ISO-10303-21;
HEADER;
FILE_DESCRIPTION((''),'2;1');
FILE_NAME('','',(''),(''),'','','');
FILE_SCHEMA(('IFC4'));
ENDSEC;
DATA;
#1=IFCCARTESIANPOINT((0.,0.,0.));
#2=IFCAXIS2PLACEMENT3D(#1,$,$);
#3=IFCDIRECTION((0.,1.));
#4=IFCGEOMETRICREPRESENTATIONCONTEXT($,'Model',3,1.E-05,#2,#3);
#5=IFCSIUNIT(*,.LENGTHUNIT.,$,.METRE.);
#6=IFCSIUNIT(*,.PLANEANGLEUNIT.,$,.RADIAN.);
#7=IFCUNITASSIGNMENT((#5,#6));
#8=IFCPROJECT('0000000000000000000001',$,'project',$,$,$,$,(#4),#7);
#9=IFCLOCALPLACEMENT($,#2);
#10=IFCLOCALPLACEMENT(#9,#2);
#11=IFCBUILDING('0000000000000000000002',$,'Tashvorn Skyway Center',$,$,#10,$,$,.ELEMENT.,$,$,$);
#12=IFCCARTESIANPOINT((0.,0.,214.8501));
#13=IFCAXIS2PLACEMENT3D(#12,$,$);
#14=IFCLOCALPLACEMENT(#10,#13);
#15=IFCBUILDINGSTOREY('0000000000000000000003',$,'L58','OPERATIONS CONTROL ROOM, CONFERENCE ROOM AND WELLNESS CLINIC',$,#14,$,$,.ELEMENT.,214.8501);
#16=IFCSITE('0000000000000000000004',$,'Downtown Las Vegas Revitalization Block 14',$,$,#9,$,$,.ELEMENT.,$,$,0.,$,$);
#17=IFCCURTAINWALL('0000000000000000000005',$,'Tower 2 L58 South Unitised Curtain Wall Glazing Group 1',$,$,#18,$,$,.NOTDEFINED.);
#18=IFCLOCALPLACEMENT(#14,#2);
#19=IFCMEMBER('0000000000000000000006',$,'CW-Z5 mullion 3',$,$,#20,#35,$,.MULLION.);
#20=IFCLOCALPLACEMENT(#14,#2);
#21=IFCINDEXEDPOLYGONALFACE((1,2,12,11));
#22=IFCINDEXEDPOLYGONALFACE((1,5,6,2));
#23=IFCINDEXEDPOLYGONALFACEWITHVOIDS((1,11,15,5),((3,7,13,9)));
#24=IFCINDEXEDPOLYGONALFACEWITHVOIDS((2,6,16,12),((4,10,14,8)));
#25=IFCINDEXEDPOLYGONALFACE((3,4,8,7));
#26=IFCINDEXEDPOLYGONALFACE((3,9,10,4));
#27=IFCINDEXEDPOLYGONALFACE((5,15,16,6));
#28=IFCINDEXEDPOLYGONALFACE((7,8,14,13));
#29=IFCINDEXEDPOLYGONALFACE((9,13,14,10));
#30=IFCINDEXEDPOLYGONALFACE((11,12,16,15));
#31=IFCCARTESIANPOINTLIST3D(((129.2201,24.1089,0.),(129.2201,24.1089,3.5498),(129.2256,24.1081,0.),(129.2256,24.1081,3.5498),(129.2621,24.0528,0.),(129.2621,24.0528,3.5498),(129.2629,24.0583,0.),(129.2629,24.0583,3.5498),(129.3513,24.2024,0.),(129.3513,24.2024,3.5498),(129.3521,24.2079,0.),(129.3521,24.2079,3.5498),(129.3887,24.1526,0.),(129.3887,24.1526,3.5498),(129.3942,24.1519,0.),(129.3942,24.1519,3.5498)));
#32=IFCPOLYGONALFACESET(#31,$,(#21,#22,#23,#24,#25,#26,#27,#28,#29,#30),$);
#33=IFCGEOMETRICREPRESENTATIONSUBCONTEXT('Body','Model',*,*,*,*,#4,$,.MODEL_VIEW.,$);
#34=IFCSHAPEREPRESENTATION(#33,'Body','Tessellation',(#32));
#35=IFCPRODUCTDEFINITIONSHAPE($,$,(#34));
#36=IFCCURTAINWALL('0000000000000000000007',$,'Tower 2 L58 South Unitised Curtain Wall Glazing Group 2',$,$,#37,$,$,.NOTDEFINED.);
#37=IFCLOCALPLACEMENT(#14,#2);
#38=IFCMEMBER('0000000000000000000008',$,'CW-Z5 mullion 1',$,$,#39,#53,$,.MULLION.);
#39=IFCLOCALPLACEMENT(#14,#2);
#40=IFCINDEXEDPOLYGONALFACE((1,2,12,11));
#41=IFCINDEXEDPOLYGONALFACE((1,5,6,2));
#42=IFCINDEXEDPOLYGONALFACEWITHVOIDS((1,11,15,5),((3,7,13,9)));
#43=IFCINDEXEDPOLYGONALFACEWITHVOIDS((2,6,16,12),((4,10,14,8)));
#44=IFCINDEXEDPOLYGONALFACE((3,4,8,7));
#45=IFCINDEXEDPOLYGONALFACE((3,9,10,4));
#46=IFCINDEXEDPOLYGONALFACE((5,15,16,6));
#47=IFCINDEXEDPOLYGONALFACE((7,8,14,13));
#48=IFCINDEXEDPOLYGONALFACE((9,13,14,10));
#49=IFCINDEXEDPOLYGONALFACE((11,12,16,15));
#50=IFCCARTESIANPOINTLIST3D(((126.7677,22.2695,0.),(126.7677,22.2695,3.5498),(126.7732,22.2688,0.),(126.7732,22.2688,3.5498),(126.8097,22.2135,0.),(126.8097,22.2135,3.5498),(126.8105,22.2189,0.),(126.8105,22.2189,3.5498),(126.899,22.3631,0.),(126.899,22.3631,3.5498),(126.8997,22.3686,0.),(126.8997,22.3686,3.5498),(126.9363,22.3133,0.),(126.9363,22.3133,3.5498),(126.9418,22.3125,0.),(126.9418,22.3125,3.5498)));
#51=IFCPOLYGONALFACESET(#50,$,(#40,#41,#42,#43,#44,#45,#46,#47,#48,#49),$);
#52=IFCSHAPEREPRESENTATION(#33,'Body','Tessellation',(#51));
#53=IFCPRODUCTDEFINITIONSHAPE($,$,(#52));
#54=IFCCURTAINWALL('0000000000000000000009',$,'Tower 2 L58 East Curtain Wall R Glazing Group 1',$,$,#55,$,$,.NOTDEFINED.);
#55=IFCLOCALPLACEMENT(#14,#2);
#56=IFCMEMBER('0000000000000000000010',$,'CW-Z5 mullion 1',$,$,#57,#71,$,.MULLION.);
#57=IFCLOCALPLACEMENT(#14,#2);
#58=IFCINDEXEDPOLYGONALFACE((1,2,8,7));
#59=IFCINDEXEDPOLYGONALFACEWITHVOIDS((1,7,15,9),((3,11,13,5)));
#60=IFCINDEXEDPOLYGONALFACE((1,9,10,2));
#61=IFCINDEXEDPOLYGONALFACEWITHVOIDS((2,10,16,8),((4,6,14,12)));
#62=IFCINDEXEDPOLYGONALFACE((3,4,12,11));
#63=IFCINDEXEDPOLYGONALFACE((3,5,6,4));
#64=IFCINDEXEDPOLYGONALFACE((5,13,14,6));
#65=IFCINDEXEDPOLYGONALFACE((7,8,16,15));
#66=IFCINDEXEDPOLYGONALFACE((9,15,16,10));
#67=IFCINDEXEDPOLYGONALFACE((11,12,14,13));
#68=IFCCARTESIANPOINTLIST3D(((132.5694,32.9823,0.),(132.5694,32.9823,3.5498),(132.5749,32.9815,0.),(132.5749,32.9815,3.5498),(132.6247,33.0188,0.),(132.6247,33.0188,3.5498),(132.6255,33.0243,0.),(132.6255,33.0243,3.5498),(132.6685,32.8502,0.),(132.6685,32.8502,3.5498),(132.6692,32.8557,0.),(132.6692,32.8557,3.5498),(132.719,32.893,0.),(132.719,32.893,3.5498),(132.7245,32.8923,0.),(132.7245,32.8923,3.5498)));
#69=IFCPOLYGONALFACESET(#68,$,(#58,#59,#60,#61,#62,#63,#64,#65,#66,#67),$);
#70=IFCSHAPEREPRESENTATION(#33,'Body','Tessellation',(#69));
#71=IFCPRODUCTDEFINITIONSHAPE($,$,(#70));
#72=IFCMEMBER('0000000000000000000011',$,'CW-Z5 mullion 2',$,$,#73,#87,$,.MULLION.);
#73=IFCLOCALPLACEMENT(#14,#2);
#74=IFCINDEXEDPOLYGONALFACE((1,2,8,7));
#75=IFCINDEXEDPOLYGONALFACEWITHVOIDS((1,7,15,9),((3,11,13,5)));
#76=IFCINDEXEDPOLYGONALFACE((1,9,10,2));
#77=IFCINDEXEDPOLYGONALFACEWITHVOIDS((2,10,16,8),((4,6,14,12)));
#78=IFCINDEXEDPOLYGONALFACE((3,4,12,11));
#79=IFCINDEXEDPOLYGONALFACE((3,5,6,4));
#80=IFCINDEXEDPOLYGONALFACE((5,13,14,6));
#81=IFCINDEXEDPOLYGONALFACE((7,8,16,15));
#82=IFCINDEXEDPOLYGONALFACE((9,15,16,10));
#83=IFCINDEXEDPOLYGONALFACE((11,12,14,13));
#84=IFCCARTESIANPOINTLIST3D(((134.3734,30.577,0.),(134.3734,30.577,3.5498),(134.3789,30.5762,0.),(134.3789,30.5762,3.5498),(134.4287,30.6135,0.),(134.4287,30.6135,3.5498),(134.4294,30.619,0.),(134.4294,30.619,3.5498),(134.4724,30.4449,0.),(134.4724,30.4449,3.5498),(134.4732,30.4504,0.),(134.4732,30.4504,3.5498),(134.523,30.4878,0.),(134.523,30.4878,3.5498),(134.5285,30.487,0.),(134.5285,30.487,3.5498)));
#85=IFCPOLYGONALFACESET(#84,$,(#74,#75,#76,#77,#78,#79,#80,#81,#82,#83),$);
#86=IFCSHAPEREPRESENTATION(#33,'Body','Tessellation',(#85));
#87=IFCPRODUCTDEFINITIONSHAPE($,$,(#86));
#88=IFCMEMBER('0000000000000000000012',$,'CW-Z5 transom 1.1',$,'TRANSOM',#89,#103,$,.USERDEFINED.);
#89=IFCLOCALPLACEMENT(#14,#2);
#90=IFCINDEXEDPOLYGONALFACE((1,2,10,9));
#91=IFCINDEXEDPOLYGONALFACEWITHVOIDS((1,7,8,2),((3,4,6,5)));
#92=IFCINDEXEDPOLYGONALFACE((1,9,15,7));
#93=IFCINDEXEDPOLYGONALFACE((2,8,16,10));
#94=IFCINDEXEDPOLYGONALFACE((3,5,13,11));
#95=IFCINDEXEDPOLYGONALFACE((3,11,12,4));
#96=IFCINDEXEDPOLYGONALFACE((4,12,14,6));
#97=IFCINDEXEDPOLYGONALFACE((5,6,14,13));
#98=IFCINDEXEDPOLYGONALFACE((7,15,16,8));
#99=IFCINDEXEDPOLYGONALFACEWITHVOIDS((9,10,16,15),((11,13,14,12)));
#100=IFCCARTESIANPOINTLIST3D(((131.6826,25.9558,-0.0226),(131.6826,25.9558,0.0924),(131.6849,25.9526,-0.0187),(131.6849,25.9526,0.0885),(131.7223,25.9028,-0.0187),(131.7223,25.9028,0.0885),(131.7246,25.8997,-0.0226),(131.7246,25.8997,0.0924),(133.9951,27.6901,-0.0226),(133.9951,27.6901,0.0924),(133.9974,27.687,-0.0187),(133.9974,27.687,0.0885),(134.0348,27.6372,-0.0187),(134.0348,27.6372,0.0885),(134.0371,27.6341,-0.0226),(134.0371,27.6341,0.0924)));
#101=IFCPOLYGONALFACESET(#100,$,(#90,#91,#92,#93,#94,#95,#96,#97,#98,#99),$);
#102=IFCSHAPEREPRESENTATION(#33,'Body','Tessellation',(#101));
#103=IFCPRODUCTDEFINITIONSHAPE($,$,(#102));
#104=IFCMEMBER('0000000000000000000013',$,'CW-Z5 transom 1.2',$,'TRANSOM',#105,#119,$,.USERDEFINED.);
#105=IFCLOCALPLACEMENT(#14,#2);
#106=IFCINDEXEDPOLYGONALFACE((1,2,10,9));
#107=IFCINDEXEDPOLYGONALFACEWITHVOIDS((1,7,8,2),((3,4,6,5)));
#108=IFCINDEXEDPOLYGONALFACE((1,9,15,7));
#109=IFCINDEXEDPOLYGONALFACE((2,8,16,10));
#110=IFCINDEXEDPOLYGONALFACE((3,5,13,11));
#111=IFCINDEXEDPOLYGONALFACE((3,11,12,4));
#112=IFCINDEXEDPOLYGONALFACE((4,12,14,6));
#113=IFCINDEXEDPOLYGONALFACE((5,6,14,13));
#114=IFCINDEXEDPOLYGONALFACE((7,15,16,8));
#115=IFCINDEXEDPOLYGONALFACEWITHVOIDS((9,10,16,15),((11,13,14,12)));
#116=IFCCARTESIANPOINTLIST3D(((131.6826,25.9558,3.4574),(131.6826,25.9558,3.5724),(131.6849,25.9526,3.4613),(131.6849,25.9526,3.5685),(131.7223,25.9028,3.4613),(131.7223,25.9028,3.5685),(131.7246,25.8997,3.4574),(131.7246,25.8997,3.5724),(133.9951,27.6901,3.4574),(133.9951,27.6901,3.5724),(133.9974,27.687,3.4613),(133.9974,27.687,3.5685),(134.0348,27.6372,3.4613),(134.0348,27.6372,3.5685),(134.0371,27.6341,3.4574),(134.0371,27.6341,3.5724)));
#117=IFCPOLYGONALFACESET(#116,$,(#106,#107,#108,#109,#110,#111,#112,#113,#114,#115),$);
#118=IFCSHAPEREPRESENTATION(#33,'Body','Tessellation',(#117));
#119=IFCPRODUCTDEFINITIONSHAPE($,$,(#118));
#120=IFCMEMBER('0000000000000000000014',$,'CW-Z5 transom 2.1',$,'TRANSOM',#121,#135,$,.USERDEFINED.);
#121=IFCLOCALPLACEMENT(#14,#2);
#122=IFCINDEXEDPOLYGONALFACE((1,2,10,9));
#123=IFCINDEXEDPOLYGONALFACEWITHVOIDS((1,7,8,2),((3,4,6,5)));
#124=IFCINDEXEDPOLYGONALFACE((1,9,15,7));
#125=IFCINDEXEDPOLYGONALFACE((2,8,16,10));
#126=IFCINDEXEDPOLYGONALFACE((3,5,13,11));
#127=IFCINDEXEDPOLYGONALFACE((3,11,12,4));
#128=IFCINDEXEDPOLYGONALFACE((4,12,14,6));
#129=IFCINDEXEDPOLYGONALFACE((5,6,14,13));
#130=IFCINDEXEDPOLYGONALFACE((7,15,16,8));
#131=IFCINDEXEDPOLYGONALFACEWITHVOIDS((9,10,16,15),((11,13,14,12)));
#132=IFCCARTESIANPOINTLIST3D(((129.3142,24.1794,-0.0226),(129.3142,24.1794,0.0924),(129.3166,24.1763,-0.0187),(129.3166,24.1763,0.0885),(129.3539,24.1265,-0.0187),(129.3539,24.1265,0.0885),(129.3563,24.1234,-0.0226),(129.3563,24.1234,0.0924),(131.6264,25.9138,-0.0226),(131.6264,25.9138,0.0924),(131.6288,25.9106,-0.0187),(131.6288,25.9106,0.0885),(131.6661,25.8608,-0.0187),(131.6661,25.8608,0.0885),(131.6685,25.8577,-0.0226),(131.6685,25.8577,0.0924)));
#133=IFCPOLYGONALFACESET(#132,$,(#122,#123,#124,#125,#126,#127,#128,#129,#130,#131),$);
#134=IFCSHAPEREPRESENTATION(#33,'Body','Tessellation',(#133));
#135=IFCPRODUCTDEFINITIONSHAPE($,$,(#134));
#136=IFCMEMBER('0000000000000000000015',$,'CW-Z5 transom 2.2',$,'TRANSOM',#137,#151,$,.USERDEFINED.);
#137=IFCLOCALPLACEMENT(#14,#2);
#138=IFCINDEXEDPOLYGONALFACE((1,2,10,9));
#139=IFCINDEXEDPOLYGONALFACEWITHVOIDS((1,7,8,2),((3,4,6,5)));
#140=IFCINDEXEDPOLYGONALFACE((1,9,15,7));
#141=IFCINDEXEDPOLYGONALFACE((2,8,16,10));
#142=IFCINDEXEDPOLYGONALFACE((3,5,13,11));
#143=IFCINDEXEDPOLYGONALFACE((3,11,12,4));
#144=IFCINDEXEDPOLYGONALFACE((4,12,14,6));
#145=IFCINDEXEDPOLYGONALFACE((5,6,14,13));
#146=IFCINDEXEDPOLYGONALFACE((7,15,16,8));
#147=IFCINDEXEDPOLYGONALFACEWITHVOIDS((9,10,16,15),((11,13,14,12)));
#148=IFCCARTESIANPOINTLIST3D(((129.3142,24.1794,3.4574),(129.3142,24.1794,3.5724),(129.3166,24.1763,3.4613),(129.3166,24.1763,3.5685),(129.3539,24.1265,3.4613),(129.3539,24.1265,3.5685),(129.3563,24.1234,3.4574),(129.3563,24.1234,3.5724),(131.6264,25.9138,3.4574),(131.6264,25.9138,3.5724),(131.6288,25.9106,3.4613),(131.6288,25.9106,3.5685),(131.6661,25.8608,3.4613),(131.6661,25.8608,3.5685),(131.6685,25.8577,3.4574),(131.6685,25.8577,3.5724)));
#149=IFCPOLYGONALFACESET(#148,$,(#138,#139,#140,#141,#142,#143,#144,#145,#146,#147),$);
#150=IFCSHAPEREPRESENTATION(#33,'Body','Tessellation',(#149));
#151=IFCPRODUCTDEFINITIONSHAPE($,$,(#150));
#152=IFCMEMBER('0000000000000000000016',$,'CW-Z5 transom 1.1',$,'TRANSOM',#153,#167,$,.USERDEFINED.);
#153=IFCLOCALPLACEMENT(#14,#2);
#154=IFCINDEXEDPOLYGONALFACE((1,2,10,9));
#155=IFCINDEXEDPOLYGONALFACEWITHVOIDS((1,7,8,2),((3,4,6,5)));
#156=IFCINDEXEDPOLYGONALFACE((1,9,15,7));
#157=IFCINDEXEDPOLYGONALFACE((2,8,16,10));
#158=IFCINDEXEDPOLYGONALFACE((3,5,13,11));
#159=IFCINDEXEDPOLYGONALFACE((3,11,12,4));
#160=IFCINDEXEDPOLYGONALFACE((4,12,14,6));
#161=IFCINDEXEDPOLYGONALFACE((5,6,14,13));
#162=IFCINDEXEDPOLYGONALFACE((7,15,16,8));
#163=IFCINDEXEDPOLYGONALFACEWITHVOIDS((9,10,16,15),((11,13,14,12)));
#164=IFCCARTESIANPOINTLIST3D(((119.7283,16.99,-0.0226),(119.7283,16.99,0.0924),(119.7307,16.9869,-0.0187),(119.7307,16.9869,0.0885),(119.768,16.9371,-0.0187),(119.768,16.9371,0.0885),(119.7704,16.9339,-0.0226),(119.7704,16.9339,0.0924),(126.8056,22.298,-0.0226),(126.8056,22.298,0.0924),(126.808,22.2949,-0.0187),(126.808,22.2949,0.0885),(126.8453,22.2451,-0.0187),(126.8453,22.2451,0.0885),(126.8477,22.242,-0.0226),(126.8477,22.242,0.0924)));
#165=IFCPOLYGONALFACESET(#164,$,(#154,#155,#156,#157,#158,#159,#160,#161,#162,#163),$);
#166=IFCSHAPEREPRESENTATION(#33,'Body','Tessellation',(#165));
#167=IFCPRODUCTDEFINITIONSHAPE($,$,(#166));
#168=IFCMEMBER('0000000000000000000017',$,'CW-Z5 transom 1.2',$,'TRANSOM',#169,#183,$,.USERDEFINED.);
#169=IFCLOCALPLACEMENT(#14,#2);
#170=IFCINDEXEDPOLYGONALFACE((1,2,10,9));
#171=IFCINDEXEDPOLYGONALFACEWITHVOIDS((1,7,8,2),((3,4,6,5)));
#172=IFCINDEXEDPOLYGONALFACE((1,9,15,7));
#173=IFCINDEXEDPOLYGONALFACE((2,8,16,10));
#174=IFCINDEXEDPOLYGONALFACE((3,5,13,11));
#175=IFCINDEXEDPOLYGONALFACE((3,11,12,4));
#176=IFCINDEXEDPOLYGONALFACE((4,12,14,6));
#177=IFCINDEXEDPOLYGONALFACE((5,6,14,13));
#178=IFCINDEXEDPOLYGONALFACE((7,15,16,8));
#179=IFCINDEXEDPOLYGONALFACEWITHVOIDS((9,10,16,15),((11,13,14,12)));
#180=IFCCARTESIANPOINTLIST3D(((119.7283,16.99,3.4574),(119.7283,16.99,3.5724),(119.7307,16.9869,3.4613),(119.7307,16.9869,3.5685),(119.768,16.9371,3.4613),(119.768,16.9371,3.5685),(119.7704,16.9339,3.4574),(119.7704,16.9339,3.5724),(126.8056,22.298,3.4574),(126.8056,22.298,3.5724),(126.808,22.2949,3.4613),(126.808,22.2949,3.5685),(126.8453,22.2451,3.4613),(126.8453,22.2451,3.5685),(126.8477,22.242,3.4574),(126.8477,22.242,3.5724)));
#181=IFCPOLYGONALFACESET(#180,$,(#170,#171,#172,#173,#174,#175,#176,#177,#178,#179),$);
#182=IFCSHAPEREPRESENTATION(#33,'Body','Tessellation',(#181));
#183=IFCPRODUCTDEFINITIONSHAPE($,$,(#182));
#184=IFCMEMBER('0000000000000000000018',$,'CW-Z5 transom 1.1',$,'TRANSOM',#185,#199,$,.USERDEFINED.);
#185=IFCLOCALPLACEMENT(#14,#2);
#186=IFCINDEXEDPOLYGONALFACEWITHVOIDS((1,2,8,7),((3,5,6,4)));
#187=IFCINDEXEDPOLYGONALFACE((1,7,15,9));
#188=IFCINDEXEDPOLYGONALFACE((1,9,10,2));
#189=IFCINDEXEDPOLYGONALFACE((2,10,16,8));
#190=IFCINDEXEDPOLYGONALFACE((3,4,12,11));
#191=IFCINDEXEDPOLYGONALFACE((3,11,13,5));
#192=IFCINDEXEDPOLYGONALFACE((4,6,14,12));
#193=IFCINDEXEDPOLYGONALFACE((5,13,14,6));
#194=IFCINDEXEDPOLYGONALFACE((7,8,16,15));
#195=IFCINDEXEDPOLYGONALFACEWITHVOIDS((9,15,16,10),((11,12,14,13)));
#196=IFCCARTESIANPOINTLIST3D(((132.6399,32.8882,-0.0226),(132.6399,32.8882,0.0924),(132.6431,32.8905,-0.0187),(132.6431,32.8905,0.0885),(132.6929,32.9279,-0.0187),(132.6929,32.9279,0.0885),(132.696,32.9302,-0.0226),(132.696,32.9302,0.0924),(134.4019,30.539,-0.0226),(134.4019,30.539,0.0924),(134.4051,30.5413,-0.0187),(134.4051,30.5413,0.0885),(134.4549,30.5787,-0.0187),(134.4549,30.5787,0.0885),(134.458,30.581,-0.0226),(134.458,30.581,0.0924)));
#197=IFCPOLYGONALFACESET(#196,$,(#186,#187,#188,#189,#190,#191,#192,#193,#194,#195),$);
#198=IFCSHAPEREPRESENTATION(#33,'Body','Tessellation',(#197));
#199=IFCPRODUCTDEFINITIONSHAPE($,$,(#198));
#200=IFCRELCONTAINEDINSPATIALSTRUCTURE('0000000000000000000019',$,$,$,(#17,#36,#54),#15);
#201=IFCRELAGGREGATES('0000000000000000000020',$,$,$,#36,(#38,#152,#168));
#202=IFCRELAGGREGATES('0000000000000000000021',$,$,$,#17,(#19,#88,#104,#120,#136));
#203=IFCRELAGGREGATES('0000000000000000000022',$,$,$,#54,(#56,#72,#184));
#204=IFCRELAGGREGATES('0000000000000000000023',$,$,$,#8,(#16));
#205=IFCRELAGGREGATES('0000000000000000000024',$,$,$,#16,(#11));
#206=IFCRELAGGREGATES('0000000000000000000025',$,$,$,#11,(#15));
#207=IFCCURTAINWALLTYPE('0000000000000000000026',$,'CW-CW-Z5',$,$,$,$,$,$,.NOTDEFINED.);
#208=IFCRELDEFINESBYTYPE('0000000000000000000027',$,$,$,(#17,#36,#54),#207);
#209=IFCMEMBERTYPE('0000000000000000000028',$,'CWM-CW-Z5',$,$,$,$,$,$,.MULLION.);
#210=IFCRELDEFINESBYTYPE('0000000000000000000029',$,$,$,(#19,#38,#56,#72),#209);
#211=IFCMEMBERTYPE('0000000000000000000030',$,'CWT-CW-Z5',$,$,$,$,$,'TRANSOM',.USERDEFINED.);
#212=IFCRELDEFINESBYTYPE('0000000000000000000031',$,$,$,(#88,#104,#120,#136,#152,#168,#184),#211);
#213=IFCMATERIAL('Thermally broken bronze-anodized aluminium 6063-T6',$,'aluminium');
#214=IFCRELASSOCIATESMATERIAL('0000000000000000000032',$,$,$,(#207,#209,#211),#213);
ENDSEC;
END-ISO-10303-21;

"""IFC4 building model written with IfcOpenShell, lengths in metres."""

from ifc_helpers import new_model, si_unit, direction, frame, origin, origin_2d, place, context, subcontext, project, spatial, hollow_rectangle, extrude, material, material_profile, profile_set, type_object, element, aggregate, save


model = new_model("IFC4")

# Units and contexts
model_context = context("Model", 3, precision=1e-05, world=origin(), true_north=direction((0.0, 1.0)))
body_context = subcontext(model_context, "Body", "Model", "MODEL_VIEW")
ifc_project = project(units=[si_unit("LENGTHUNIT", "METRE"), si_unit("PLANEANGLEUNIT", "RADIAN")], contexts=[model_context])

# Site, building, storey
site_placement = place(None, origin())
site = spatial("IfcSite", under=ifc_project, at=site_placement, Name="Downtown Las Vegas Revitalization Block 14", CompositionType="ELEMENT", RefElevation=0.0)
building_placement = place(site_placement, origin())
building = spatial("IfcBuilding", under=site, at=building_placement, Name="Tashvorn Skyway Center", CompositionType="ELEMENT")
storey_placement = place(building_placement, frame((0.0, 0.0, 214.8501)))
storey = spatial("IfcBuildingStorey", under=building, at=storey_placement, Name="L58", Description="OPERATIONS CONTROL ROOM, CONFERENCE ROOM AND WELLNESS CLINIC", CompositionType="ELEMENT", Elevation=214.8501)

# Curtain wall, member
ifc_material_1 = material(Name="Thermally broken bronze-anodized aluminium 6063-T6", Category="aluminium")
curtain_wall_type = type_object("IfcCurtainWallType", Name="CW-CW-Z5", PredefinedType="NOTDEFINED", material=ifc_material_1)
curtain_wall_1_placement = place(storey_placement, origin())
curtain_wall_1 = element("IfcCurtainWall", 1, at=curtain_wall_1_placement, inside=storey, type_object=curtain_wall_type, Name="Tower 2 L58 South Unitised Curtain Wall Glazing Group 1", PredefinedType="NOTDEFINED")
ifc_material_profile_1 = material_profile(ifc_material_1, hollow_rectangle(XDim=0.0701, YDim=0.165, WallThickness=0.0039, at=origin_2d()), Name="ALU-MULL-70x165")
ifc_profile_set_1 = profile_set([ifc_material_profile_1], Name="Thermally broken bronze-anodized aluminium 6063-T6")
member_type_1 = type_object("IfcMemberType", Name="CWM-CW-Z5", PredefinedType="MULLION", material=ifc_profile_set_1)
member_1_placement = place(storey_placement, frame((129.3071, 24.1304, 0.0), z_axis=(0.0, 0.0, 1.0), x_axis=(0.600003, -0.799998, 0.0)))
member_1 = element("IfcMember", 2, at=member_1_placement, type_object=member_type_1, Name="CW-Z5 mullion 3", PredefinedType="MULLION", context=body_context, shape_type="SweptSolid", body=[
    extrude(hollow_rectangle(XDim=0.0701, YDim=0.165, WallThickness=0.0039, at=origin_2d()), origin(), (0.0, 0.0, 1.0), 3.5498),
])

# Curtain wall, member
curtain_wall_2_placement = place(storey_placement, origin())
curtain_wall_2 = element("IfcCurtainWall", 3, at=curtain_wall_2_placement, inside=storey, type_object=curtain_wall_type, Name="Tower 2 L58 South Unitised Curtain Wall Glazing Group 2", PredefinedType="NOTDEFINED")
member_2_placement = place(storey_placement, frame((126.8547, 22.291, 0.0), z_axis=(0.0, 0.0, 1.0), x_axis=(0.599996, -0.800003, 0.0)))
member_2 = element("IfcMember", 4, at=member_2_placement, type_object=member_type_1, Name="CW-Z5 mullion 1", PredefinedType="MULLION", context=body_context, shape_type="SweptSolid", body=[
    extrude(hollow_rectangle(XDim=0.0701, YDim=0.165, WallThickness=0.0039, at=origin_2d()), origin(), (0.0, 0.0, 1.0), 3.5498),
])

# Curtain wall, members
curtain_wall_3_placement = place(storey_placement, origin())
curtain_wall_3 = element("IfcCurtainWall", 5, at=curtain_wall_3_placement, inside=storey, type_object=curtain_wall_type, Name="Tower 2 L58 East Curtain Wall R Glazing Group 1", PredefinedType="NOTDEFINED")
member_3_placement = place(storey_placement, frame((132.647, 32.9373, 0.0), z_axis=(0.0, 0.0, 1.0), x_axis=(0.799996, 0.600005, 0.0)))
member_3 = element("IfcMember", 6, at=member_3_placement, type_object=member_type_1, Name="CW-Z5 mullion 1", PredefinedType="MULLION", context=body_context, shape_type="SweptSolid", body=[
    extrude(hollow_rectangle(XDim=0.0701, YDim=0.165, WallThickness=0.0039, at=origin_2d()), origin(), (0.0, 0.0, 1.0), 3.5498),
])
member_4_placement = place(storey_placement, frame((134.4509, 30.532, 0.0), z_axis=(0.0, 0.0, 1.0), x_axis=(0.799996, 0.600005, 0.0)))
member_4 = element("IfcMember", 7, at=member_4_placement, type_object=member_type_1, Name="CW-Z5 mullion 2", PredefinedType="MULLION", context=body_context, shape_type="SweptSolid", body=[
    extrude(hollow_rectangle(XDim=0.0701, YDim=0.165, WallThickness=0.0039, at=origin_2d()), origin(), (0.0, 0.0, 1.0), 3.5498),
])

# Members
ifc_material_profile_2 = material_profile(ifc_material_1, hollow_rectangle(XDim=0.0701, YDim=0.115, WallThickness=0.0039, at=origin_2d()), Name="ALU-TRAN-70x115")
ifc_profile_set_2 = profile_set([ifc_material_profile_2], Name="Thermally broken bronze-anodized aluminium 6063-T6")
member_type_2 = type_object("IfcMemberType", Name="CWT-CW-Z5", ElementType="TRANSOM", PredefinedType="USERDEFINED", material=ifc_profile_set_2)
member_5_placement = place(storey_placement, frame((134.0161, 27.6621, 0.0349), z_axis=(-0.8, -0.6, 0.0), x_axis=(0.6, -0.8, 0.0)))
member_5 = element("IfcMember", 8, at=member_5_placement, type_object=member_type_2, Name="CW-Z5 transom 1.1", ObjectType="TRANSOM", PredefinedType="USERDEFINED", context=body_context, shape_type="SweptSolid", body=[
    extrude(hollow_rectangle(XDim=0.0701, YDim=0.115, WallThickness=0.0039, at=origin_2d()), origin(), (0.0, 0.0, 1.0), 2.8906),
])
member_6_placement = place(storey_placement, frame((134.0161, 27.6621, 3.5149), z_axis=(-0.8, -0.6, 0.0), x_axis=(0.6, -0.8, 0.0)))
member_6 = element("IfcMember", 9, at=member_6_placement, type_object=member_type_2, Name="CW-Z5 transom 1.2", ObjectType="TRANSOM", PredefinedType="USERDEFINED", context=body_context, shape_type="SweptSolid", body=[
    extrude(hollow_rectangle(XDim=0.0701, YDim=0.115, WallThickness=0.0039, at=origin_2d()), origin(), (0.0, 0.0, 1.0), 2.8906),
])
member_7_placement = place(storey_placement, frame((131.6475, 25.8857, 0.0349), z_axis=(-0.79997, -0.600041, 0.0), x_axis=(0.600041, -0.79997, 0.0)))
member_7 = element("IfcMember", 10, at=member_7_placement, type_object=member_type_2, Name="CW-Z5 transom 2.1", ObjectType="TRANSOM", PredefinedType="USERDEFINED", context=body_context, shape_type="SweptSolid", body=[
    extrude(hollow_rectangle(XDim=0.0701, YDim=0.115, WallThickness=0.0039, at=origin_2d()), origin(), (0.0, 0.0, 1.0), 2.8904),
])
member_8_placement = place(storey_placement, frame((131.6475, 25.8857, 3.5149), z_axis=(-0.79997, -0.600041, 0.0), x_axis=(0.600041, -0.79997, 0.0)))
member_8 = element("IfcMember", 11, at=member_8_placement, type_object=member_type_2, Name="CW-Z5 transom 2.2", ObjectType="TRANSOM", PredefinedType="USERDEFINED", context=body_context, shape_type="SweptSolid", body=[
    extrude(hollow_rectangle(XDim=0.0701, YDim=0.115, WallThickness=0.0039, at=origin_2d()), origin(), (0.0, 0.0, 1.0), 2.8904),
])
member_9_placement = place(storey_placement, frame((126.8267, 22.27, 0.0349), z_axis=(-0.799997, -0.600004, 0.0), x_axis=(0.600004, -0.799997, 0.0)))
member_9 = element("IfcMember", 12, at=member_9_placement, type_object=member_type_2, Name="CW-Z5 transom 1.1", ObjectType="TRANSOM", PredefinedType="USERDEFINED", context=body_context, shape_type="SweptSolid", body=[
    extrude(hollow_rectangle(XDim=0.0701, YDim=0.115, WallThickness=0.0039, at=origin_2d()), origin(), (0.0, 0.0, 1.0), 8.8467),
])
member_10_placement = place(storey_placement, frame((126.8267, 22.27, 3.5149), z_axis=(-0.799997, -0.600004, 0.0), x_axis=(0.600004, -0.799997, 0.0)))
member_10 = element("IfcMember", 13, at=member_10_placement, type_object=member_type_2, Name="CW-Z5 transom 1.2", ObjectType="TRANSOM", PredefinedType="USERDEFINED", context=body_context, shape_type="SweptSolid", body=[
    extrude(hollow_rectangle(XDim=0.0701, YDim=0.115, WallThickness=0.0039, at=origin_2d()), origin(), (0.0, 0.0, 1.0), 8.8467),
])
aggregate(curtain_wall_2, [member_2, member_9, member_10])
member_11_placement = place(storey_placement, frame((132.668, 32.9092, 0.0349), z_axis=(0.600027, -0.79998, 0.0), x_axis=(0.79998, 0.600027, 0.0)))
member_11 = element("IfcMember", 14, at=member_11_placement, type_object=member_type_2, Name="CW-Z5 transom 1.1", ObjectType="TRANSOM", PredefinedType="USERDEFINED", context=body_context, shape_type="SweptSolid", body=[
    extrude(hollow_rectangle(XDim=0.0701, YDim=0.115, WallThickness=0.0039, at=origin_2d()), origin(), (0.0, 0.0, 1.0), 2.9365),
])

aggregate(curtain_wall_1, [member_1, member_5, member_6, member_7, member_8])
aggregate(curtain_wall_3, [member_3, member_4, member_11])

save(model, "model.ifc")
